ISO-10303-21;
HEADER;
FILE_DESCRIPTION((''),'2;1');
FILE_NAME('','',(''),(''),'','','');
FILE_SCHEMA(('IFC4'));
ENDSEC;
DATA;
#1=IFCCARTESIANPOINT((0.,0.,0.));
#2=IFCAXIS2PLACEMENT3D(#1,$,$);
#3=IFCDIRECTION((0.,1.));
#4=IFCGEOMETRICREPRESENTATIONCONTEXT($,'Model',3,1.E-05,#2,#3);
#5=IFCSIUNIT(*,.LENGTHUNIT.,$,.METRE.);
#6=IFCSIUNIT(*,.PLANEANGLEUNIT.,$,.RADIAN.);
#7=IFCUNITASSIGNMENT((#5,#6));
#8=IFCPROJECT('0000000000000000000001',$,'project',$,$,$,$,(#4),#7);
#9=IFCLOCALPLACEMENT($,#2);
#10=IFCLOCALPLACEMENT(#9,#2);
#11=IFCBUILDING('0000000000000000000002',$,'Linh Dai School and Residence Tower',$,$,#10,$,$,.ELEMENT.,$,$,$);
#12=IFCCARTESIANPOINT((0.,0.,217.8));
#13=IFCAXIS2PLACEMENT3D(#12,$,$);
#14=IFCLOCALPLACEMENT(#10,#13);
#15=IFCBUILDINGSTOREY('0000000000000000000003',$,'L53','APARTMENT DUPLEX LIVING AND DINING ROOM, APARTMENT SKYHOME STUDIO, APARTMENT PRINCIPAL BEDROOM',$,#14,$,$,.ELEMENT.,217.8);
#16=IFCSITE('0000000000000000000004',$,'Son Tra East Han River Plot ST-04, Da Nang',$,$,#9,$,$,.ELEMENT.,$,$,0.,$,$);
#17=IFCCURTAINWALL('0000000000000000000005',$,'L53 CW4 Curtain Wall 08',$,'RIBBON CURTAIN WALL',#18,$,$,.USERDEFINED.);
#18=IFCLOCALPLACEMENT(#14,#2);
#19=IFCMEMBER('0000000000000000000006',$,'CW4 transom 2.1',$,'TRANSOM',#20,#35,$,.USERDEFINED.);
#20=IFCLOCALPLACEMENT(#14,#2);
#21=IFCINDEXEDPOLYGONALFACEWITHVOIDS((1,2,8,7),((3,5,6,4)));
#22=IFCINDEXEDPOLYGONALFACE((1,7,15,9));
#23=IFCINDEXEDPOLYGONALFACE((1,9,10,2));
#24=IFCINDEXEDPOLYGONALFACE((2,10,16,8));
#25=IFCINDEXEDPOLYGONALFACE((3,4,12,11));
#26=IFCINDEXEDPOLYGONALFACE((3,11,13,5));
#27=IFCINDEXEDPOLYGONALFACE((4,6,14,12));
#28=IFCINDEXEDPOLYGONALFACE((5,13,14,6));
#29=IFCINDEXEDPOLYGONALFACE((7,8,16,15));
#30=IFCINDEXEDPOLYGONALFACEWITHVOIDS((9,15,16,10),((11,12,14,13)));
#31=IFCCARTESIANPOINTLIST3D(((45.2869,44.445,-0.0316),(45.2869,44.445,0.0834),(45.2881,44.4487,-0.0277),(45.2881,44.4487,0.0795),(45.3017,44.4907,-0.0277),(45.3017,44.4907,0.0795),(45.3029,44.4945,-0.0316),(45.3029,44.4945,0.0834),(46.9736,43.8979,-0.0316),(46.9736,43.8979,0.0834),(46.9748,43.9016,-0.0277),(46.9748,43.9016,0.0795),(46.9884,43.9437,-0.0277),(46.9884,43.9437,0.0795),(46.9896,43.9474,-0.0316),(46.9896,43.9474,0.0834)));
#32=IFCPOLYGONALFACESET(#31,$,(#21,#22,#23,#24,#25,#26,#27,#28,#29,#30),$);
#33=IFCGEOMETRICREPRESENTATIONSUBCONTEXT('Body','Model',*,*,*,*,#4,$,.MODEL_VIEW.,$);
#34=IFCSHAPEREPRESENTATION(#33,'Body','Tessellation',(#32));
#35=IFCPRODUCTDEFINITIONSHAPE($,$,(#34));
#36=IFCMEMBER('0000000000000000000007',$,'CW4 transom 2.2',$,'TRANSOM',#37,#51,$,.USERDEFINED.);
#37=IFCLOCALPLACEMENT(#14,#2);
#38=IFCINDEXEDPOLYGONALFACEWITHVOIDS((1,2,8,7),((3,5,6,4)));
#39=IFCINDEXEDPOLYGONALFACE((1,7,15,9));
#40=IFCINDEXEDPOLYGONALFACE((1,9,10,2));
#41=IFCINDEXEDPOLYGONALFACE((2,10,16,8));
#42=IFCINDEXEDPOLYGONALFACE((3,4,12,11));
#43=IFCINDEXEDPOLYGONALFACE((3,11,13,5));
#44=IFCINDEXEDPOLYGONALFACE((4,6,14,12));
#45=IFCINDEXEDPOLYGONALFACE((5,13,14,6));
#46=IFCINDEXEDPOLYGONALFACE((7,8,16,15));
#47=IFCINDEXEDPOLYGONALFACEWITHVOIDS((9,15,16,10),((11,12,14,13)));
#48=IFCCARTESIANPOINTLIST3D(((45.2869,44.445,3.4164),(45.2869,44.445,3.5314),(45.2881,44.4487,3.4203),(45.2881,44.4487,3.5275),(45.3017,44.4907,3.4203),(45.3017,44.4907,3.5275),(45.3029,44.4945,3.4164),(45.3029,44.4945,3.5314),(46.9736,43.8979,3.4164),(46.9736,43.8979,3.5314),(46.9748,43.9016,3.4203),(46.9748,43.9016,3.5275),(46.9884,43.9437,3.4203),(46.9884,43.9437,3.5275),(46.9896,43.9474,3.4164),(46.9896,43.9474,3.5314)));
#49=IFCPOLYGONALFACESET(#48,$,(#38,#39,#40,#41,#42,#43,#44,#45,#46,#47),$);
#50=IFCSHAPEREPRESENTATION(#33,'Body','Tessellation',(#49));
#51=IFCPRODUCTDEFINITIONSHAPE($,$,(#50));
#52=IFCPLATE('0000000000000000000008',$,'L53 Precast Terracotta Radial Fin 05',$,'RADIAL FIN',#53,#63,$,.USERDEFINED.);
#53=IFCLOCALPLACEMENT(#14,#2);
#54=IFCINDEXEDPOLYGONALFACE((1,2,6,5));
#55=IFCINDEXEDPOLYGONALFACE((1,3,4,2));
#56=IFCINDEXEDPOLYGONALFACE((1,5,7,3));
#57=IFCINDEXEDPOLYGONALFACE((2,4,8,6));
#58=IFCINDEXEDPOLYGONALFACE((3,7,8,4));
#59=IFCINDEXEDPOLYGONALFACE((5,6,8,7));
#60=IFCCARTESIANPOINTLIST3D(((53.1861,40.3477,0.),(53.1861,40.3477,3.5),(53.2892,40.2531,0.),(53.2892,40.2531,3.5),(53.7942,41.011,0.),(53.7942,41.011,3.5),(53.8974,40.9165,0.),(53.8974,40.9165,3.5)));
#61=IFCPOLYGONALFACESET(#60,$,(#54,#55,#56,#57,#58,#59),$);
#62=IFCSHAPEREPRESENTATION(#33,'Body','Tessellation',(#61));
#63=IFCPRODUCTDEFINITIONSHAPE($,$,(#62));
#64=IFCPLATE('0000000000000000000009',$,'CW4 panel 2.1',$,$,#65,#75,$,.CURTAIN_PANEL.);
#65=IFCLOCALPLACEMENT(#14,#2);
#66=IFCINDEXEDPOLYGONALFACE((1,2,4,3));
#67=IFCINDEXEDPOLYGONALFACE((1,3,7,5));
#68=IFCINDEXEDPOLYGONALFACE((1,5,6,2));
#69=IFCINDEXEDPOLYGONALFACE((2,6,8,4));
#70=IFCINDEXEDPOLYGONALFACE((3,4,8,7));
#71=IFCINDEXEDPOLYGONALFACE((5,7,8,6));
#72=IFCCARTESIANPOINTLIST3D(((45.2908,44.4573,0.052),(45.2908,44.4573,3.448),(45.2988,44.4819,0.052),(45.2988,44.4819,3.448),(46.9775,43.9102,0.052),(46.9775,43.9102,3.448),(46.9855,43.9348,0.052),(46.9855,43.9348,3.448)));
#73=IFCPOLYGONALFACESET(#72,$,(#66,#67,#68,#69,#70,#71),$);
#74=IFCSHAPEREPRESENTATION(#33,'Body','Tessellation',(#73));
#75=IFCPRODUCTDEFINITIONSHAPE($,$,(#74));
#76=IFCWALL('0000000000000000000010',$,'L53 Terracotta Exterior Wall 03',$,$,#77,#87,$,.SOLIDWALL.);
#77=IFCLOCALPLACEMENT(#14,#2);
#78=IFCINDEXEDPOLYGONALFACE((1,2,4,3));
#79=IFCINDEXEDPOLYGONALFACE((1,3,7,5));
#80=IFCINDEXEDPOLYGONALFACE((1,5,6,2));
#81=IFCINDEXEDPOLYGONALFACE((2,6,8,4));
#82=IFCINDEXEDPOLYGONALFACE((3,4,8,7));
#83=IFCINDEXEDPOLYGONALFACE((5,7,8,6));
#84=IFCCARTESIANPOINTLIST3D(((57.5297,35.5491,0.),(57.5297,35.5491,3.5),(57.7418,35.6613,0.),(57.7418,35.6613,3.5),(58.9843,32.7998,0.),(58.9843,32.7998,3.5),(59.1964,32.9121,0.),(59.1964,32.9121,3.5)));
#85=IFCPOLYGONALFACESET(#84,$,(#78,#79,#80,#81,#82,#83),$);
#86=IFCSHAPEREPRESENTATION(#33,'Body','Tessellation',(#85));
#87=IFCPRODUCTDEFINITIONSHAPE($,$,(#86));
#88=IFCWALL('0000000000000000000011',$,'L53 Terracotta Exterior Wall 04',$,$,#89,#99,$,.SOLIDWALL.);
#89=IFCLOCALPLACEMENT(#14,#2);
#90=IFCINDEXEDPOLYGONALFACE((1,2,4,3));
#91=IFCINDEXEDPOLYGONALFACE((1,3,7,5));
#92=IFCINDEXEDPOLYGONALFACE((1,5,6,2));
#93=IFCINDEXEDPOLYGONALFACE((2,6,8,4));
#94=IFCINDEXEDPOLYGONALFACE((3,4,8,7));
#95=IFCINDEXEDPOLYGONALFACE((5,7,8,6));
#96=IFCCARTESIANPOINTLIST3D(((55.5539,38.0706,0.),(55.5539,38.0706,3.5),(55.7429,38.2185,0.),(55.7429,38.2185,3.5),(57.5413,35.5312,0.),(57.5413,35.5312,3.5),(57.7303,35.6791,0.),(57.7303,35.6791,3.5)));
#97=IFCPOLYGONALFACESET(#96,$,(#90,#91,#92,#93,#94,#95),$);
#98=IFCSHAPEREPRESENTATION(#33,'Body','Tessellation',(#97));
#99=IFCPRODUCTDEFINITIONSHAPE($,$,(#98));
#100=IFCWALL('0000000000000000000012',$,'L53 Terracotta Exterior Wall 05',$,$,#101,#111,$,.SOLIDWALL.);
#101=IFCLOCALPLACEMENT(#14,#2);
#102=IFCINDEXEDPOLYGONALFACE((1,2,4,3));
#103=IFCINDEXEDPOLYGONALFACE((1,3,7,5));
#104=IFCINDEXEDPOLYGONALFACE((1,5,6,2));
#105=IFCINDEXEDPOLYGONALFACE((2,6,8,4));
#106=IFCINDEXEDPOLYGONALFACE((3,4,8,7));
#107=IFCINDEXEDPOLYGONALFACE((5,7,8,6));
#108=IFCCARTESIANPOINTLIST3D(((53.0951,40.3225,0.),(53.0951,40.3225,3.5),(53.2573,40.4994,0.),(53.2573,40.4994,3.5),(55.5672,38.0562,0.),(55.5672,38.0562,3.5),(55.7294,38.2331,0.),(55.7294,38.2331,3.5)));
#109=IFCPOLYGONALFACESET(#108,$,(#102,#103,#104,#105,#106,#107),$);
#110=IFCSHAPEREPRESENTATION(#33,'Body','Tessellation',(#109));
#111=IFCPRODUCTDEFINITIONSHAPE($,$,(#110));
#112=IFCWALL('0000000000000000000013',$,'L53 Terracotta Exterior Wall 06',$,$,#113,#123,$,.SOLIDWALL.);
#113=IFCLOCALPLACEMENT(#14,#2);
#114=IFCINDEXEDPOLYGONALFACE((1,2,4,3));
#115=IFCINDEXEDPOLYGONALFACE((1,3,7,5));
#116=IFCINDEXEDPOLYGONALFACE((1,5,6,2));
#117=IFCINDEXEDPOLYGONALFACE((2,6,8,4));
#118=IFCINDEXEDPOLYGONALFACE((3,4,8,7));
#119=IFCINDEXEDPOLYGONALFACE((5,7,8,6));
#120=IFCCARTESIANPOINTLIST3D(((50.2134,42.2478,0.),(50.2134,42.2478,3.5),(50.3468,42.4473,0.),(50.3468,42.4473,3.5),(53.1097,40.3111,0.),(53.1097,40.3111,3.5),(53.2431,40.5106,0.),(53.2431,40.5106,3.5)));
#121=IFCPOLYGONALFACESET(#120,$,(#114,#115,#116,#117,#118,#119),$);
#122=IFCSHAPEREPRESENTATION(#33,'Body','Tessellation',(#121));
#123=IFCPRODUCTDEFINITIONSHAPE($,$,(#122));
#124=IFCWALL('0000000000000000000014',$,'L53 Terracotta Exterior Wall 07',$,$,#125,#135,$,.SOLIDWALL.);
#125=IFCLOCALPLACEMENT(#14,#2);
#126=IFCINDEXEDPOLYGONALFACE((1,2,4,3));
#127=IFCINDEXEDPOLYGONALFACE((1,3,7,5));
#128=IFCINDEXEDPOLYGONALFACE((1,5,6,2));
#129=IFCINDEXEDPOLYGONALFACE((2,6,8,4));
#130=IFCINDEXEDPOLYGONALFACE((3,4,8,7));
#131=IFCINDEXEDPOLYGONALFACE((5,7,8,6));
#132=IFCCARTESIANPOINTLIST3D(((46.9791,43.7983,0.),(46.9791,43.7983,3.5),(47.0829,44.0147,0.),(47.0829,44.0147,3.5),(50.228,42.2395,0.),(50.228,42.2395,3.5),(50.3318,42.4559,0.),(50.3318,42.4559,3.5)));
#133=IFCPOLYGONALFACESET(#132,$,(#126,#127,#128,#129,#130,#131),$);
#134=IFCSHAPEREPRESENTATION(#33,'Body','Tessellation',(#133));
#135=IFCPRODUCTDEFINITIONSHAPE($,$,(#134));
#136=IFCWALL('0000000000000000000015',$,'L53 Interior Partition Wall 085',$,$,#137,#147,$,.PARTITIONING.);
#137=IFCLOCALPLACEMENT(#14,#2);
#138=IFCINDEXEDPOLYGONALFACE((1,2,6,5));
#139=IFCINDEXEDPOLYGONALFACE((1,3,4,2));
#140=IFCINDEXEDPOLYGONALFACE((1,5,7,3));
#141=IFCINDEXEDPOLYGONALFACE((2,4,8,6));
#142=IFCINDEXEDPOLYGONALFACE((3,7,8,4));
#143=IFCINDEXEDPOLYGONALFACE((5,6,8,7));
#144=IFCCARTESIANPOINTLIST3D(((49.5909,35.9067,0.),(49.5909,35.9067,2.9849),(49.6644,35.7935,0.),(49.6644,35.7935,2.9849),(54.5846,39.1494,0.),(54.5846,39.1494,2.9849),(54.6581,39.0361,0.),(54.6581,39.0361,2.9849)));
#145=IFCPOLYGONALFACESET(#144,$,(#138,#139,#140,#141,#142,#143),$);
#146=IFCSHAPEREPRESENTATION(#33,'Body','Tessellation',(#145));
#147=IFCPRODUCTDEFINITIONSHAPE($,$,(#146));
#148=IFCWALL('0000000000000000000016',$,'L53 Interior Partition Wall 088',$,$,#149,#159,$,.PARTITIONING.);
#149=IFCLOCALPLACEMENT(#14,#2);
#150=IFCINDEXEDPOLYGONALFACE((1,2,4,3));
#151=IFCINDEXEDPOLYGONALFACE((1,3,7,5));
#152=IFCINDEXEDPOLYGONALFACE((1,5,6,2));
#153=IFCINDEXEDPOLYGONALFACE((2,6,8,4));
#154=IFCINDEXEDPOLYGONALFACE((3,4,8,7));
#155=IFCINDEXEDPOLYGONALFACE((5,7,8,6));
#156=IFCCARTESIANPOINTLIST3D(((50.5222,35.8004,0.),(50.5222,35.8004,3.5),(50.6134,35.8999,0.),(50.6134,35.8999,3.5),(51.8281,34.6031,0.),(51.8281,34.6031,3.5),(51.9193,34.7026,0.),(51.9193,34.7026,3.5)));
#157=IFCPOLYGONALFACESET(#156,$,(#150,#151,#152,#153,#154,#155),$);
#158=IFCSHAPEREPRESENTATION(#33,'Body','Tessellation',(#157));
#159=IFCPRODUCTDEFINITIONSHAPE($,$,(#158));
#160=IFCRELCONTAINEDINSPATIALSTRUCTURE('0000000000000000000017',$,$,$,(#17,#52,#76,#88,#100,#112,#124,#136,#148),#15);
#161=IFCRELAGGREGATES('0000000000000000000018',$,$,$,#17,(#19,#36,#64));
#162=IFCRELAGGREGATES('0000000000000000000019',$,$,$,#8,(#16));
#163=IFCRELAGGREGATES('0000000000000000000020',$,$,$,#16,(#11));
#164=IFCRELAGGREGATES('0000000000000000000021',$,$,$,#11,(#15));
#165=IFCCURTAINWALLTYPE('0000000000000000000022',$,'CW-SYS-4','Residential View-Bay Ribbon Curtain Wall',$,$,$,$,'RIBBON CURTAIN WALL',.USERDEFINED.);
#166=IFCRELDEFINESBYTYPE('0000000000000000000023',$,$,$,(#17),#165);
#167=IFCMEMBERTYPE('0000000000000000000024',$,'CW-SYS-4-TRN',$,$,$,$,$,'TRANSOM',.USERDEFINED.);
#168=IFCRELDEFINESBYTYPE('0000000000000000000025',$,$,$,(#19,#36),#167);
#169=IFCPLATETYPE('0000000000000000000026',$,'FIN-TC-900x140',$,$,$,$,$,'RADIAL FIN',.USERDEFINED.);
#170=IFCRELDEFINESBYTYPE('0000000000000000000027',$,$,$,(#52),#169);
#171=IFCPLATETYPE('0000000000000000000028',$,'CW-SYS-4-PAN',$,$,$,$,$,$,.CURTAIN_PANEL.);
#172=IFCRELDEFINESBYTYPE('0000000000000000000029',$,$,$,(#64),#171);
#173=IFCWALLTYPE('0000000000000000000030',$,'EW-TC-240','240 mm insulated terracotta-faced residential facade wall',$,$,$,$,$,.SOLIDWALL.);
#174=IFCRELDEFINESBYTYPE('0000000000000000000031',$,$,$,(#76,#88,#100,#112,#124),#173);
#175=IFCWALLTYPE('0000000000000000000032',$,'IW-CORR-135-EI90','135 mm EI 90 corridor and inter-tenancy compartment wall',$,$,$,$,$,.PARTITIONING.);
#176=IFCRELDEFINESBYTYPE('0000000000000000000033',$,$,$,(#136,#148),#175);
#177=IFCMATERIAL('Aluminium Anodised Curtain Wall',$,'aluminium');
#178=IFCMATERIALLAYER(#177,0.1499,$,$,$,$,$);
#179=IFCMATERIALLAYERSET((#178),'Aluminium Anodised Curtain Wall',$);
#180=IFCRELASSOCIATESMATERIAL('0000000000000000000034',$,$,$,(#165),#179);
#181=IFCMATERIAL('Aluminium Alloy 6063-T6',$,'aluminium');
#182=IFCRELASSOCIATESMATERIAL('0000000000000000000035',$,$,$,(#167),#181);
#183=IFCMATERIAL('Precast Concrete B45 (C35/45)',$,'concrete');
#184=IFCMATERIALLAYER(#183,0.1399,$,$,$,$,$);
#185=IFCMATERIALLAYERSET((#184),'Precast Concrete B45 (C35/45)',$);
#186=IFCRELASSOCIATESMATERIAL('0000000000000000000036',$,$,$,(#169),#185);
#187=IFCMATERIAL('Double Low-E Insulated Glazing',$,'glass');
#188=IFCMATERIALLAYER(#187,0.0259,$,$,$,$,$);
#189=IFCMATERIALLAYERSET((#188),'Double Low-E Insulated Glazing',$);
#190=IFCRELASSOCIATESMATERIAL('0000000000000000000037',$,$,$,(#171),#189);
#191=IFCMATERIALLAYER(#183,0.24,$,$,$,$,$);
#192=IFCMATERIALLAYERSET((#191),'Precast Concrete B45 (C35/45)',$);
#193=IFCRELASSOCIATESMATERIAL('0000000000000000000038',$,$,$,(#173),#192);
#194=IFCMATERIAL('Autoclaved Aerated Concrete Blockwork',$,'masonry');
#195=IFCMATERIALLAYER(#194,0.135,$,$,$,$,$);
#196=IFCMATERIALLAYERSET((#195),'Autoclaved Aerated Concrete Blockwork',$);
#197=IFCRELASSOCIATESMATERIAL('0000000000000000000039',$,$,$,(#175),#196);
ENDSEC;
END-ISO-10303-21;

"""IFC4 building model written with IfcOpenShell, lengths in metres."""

from ifc_helpers import new_model, si_unit, direction, frame, frame_2d, origin, origin_2d, place, context, subcontext, project, spatial, rectangle, hollow_rectangle, extrude, source, transform, mapped, material, layer, layer_set, material_profile, profile_set, type_object, element, aggregate, save


model = new_model("IFC4")

# Units and contexts
model_context = context("Model", 3, precision=1e-05, world=origin(), true_north=direction((0.0, 1.0)))
body_context = subcontext(model_context, "Body", "Model", "MODEL_VIEW")
ifc_project = project(units=[si_unit("LENGTHUNIT", "METRE"), si_unit("PLANEANGLEUNIT", "RADIAN")], contexts=[model_context])

# Site, building, storey
site_placement = place(None, origin())
site = spatial("IfcSite", under=ifc_project, at=site_placement, Name="Son Tra East Han River Plot ST-04, Da Nang", CompositionType="ELEMENT", RefElevation=0.0)
building_placement = place(site_placement, origin())
building = spatial("IfcBuilding", under=site, at=building_placement, Name="Linh Dai School and Residence Tower", CompositionType="ELEMENT")
storey_placement = place(building_placement, frame((0.0, 0.0, 217.8)))
storey = spatial("IfcBuildingStorey", under=building, at=storey_placement, Name="L53", Description="APARTMENT DUPLEX LIVING AND DINING ROOM, APARTMENT SKYHOME STUDIO, APARTMENT PRINCIPAL BEDROOM", CompositionType="ELEMENT", Elevation=217.8)

# Curtain wall, members
ifc_material_1 = material(Name="Aluminium Anodised Curtain Wall", Category="aluminium")
ifc_layer_1 = layer(ifc_material_1, 0.1499)
ifc_layer_set_1 = layer_set([ifc_layer_1], Name="Aluminium Anodised Curtain Wall")
curtain_wall_type = type_object("IfcCurtainWallType", Name="CW-SYS-4", Description="Residential View-Bay Ribbon Curtain Wall", ElementType="RIBBON CURTAIN WALL", PredefinedType="USERDEFINED", material=ifc_layer_set_1)
curtain_wall_placement = place(storey_placement, origin())
curtain_wall = element("IfcCurtainWall", 1, at=curtain_wall_placement, inside=storey, type_object=curtain_wall_type, Name="L53 CW4 Curtain Wall 08", ObjectType="RIBBON CURTAIN WALL", PredefinedType="USERDEFINED")
ifc_material_2 = material(Name="Aluminium Alloy 6063-T6", Category="aluminium")
ifc_material_profile_1 = material_profile(ifc_material_2, hollow_rectangle(XDim=0.052, YDim=0.115, WallThickness=0.0039, at=origin_2d()), Name="RHS 115x52x4")
ifc_profile_set_1 = profile_set([ifc_material_profile_1], Name="Aluminium Alloy 6063-T6")
member_type_1 = type_object("IfcMemberType", Name="CW-SYS-4-TRN", ElementType="TRANSOM", PredefinedType="USERDEFINED", material=ifc_profile_set_1)
shared_shape_1 = source(origin(), body_context, "Body", "SweptSolid", [
    extrude(hollow_rectangle(XDim=0.052, YDim=0.115, WallThickness=0.0039, at=origin_2d()), origin(), (0.0, 0.0, 1.0), 1.7732),
])
member_1_placement = place(storey_placement, frame((45.2949, 44.4697, 0.0259), z_axis=(0.951213, -0.308535, 0.0), x_axis=(0.308535, 0.951213, 0.0)))
member_1 = element("IfcMember", 2, at=member_1_placement, type_object=member_type_1, Name="CW4 transom 2.1", ObjectType="TRANSOM", PredefinedType="USERDEFINED", context=body_context, shape_type="MappedRepresentation", body=[
    mapped(shared_shape_1, transform((0.0, 0.0, 0.0), x_axis=(1.0, 0.0, 0.0), y_axis=(0.0, 1.0, 0.0), z_axis=(0.0, 0.0, 1.0), scale=1.0)),
])
member_2_placement = place(storey_placement, frame((45.2949, 44.4697, 3.4739), z_axis=(0.951213, -0.308535, 0.0), x_axis=(0.308535, 0.951213, 0.0)))
member_2 = element("IfcMember", 3, at=member_2_placement, type_object=member_type_1, Name="CW4 transom 2.2", ObjectType="TRANSOM", PredefinedType="USERDEFINED", context=body_context, shape_type="MappedRepresentation", body=[
    mapped(shared_shape_1, transform((0.0, 0.0, 0.0), x_axis=(1.0, 0.0, 0.0), y_axis=(0.0, 1.0, 0.0), z_axis=(0.0, 0.0, 1.0), scale=1.0)),
])

# Plates
ifc_material_3 = material(Name="Precast Concrete B45 (C35/45)", Category="concrete")
ifc_layer_2 = layer(ifc_material_3, 0.1399)
ifc_layer_set_2 = layer_set([ifc_layer_2], Name="Precast Concrete B45 (C35/45)")
plate_type_1 = type_object("IfcPlateType", Name="FIN-TC-900x140", ElementType="RADIAL FIN", PredefinedType="USERDEFINED", material=ifc_layer_set_2)
shared_shape_2 = source(origin(), body_context, "Body", "SweptSolid", [
    extrude(rectangle(XDim=0.8999, YDim=0.1399, at=origin_2d()), origin(), (0.0, 0.0, 1.0), 3.5),
])
plate_1_placement = place(storey_placement, frame((53.5417, 40.6321, 0.0), z_axis=(0.0, 0.0, 1.0), x_axis=(0.675758, 0.737124, 0.0)))
element("IfcPlate", 4, at=plate_1_placement, inside=storey, type_object=plate_type_1, Name="L53 Precast Terracotta Radial Fin 05", ObjectType="RADIAL FIN", PredefinedType="USERDEFINED", context=body_context, shape_type="MappedRepresentation", body=[
    mapped(shared_shape_2, transform((0.0, 0.0, 0.0), x_axis=(1.0, 0.0, 0.0), y_axis=(0.0, 1.0, 0.0), z_axis=(0.0, 0.0, 1.0), scale=1.0)),
])
ifc_material_4 = material(Name="Double Low-E Insulated Glazing", Category="glass")
ifc_layer_3 = layer(ifc_material_4, 0.0259)
ifc_layer_set_3 = layer_set([ifc_layer_3], Name="Double Low-E Insulated Glazing")
plate_type_2 = type_object("IfcPlateType", Name="CW-SYS-4-PAN", PredefinedType="CURTAIN_PANEL", material=ifc_layer_set_3)
shared_shape_3 = source(origin(), body_context, "Body", "SweptSolid", [
    extrude(rectangle(XDim=1.7732, YDim=0.0259, at=origin_2d()), origin(), (0.0, 0.0, 1.0), 3.396),
])
plate_2_placement = place(storey_placement, frame((46.1382, 44.196, 0.052), z_axis=(0.0, 0.0, 1.0), x_axis=(0.951224, -0.308501, 0.0)))
plate_2 = element("IfcPlate", 5, at=plate_2_placement, type_object=plate_type_2, Name="CW4 panel 2.1", PredefinedType="CURTAIN_PANEL", context=body_context, shape_type="MappedRepresentation", body=[
    mapped(shared_shape_3, transform((0.0, 0.0, 0.0), x_axis=(1.0, 0.0, 0.0), y_axis=(0.0, 1.0, 0.0), z_axis=(0.0, 0.0, 1.0), scale=1.0)),
])
aggregate(curtain_wall, [member_1, member_2, plate_2])

# Walls
ifc_layer_4 = layer(ifc_material_3, 0.24)
ifc_layer_set_4 = layer_set([ifc_layer_4], Name="Precast Concrete B45 (C35/45)")
wall_type_1 = type_object("IfcWallType", Name="EW-TC-240", Description="240 mm insulated terracotta-faced residential facade wall", PredefinedType="SOLIDWALL", material=ifc_layer_set_4)
wall_1_placement = place(storey_placement, frame((57.6357, 35.6052, 0.0), z_axis=(0.0, 0.0, 1.0), x_axis=(0.46766, -0.883908, 0.0)))
element("IfcWall", 6, at=wall_1_placement, inside=storey, type_object=wall_type_1, Name="L53 Terracotta Exterior Wall 03", PredefinedType="SOLIDWALL", context=body_context, shape_type="SweptSolid", body=[
    extrude(rectangle(XDim=3.1104, YDim=0.24, at=frame_2d((1.5552, 0.0))), origin(), (0.0, 0.0, 1.0), 3.5),
])
wall_2_placement = place(storey_placement, frame((55.6484, 38.1445, 0.0), z_axis=(0.0, 0.0, 1.0), x_axis=(0.616312, -0.787502, 0.0)))
element("IfcWall", 7, at=wall_2_placement, inside=storey, type_object=wall_type_1, Name="L53 Terracotta Exterior Wall 04", PredefinedType="SOLIDWALL", context=body_context, shape_type="SweptSolid", body=[
    extrude(rectangle(XDim=3.2246, YDim=0.24, at=frame_2d((1.6123, 0.0))), origin(), (0.0, 0.0, 1.0), 3.5),
])
wall_3_placement = place(storey_placement, frame((53.1763, 40.4109, 0.0), z_axis=(0.0, 0.0, 1.0), x_axis=(0.737124, -0.675758, 0.0)))
element("IfcWall", 8, at=wall_3_placement, inside=storey, type_object=wall_type_1, Name="L53 Terracotta Exterior Wall 05", PredefinedType="SOLIDWALL", context=body_context, shape_type="SweptSolid", body=[
    extrude(rectangle(XDim=3.3538, YDim=0.24, at=frame_2d((1.6768, 0.0))), origin(), (0.0, 0.0, 1.0), 3.5),
])
wall_4_placement = place(storey_placement, frame((50.28, 42.3477, 0.0), z_axis=(0.0, 0.0, 1.0), x_axis=(0.831262, -0.55588, 0.0)))
element("IfcWall", 9, at=wall_4_placement, inside=storey, type_object=wall_type_1, Name="L53 Terracotta Exterior Wall 06", PredefinedType="SOLIDWALL", context=body_context, shape_type="SweptSolid", body=[
    extrude(rectangle(XDim=3.4841, YDim=0.24, at=frame_2d((1.7422, 0.0))), origin(), (0.0, 0.0, 1.0), 3.5),
])
wall_5_placement = place(storey_placement, frame((47.031, 43.9065, 0.0), z_axis=(0.0, 0.0, 1.0), x_axis=(0.901598, -0.432575, 0.0)))
element("IfcWall", 10, at=wall_5_placement, inside=storey, type_object=wall_type_1, Name="L53 Terracotta Exterior Wall 07", PredefinedType="SOLIDWALL", context=body_context, shape_type="SweptSolid", body=[
    extrude(rectangle(XDim=3.6035, YDim=0.24, at=frame_2d((1.8018, 0.0))), origin(), (0.0, 0.0, 1.0), 3.5),
])
ifc_material_5 = material(Name="Autoclaved Aerated Concrete Blockwork", Category="masonry")
ifc_layer_5 = layer(ifc_material_5, 0.135)
ifc_layer_set_5 = layer_set([ifc_layer_5], Name="Autoclaved Aerated Concrete Blockwork")
wall_type_2 = type_object("IfcWallType", Name="IW-CORR-135-EI90", Description="135 mm EI 90 corridor and inter-tenancy compartment wall", PredefinedType="PARTITIONING", material=ifc_layer_set_5)
wall_6_placement = place(storey_placement, frame((49.6277, 35.8501, 0.0), z_axis=(0.0, 0.0, 1.0), x_axis=(0.838689, 0.544611, 0.0)))
element("IfcWall", 11, at=wall_6_placement, inside=storey, type_object=wall_type_2, Name="L53 Interior Partition Wall 085", PredefinedType="PARTITIONING", context=body_context, shape_type="SweptSolid", body=[
    extrude(rectangle(XDim=5.9541, YDim=0.135, at=frame_2d((2.9771, 0.0))), origin(), (0.0, 0.0, 1.0), 2.9849),
])
wall_7_placement = place(storey_placement, frame((50.5679, 35.8501, 0.0), z_axis=(0.0, 0.0, 1.0), x_axis=(0.737103, -0.675781, 0.0)))
element("IfcWall", 12, at=wall_7_placement, inside=storey, type_object=wall_type_2, Name="L53 Interior Partition Wall 088", PredefinedType="PARTITIONING", context=body_context, shape_type="SweptSolid", body=[
    extrude(rectangle(XDim=1.7717, YDim=0.135, at=frame_2d((0.8857, 0.0))), origin(), (0.0, 0.0, 1.0), 3.5),
])

save(model, "model.ifc")
